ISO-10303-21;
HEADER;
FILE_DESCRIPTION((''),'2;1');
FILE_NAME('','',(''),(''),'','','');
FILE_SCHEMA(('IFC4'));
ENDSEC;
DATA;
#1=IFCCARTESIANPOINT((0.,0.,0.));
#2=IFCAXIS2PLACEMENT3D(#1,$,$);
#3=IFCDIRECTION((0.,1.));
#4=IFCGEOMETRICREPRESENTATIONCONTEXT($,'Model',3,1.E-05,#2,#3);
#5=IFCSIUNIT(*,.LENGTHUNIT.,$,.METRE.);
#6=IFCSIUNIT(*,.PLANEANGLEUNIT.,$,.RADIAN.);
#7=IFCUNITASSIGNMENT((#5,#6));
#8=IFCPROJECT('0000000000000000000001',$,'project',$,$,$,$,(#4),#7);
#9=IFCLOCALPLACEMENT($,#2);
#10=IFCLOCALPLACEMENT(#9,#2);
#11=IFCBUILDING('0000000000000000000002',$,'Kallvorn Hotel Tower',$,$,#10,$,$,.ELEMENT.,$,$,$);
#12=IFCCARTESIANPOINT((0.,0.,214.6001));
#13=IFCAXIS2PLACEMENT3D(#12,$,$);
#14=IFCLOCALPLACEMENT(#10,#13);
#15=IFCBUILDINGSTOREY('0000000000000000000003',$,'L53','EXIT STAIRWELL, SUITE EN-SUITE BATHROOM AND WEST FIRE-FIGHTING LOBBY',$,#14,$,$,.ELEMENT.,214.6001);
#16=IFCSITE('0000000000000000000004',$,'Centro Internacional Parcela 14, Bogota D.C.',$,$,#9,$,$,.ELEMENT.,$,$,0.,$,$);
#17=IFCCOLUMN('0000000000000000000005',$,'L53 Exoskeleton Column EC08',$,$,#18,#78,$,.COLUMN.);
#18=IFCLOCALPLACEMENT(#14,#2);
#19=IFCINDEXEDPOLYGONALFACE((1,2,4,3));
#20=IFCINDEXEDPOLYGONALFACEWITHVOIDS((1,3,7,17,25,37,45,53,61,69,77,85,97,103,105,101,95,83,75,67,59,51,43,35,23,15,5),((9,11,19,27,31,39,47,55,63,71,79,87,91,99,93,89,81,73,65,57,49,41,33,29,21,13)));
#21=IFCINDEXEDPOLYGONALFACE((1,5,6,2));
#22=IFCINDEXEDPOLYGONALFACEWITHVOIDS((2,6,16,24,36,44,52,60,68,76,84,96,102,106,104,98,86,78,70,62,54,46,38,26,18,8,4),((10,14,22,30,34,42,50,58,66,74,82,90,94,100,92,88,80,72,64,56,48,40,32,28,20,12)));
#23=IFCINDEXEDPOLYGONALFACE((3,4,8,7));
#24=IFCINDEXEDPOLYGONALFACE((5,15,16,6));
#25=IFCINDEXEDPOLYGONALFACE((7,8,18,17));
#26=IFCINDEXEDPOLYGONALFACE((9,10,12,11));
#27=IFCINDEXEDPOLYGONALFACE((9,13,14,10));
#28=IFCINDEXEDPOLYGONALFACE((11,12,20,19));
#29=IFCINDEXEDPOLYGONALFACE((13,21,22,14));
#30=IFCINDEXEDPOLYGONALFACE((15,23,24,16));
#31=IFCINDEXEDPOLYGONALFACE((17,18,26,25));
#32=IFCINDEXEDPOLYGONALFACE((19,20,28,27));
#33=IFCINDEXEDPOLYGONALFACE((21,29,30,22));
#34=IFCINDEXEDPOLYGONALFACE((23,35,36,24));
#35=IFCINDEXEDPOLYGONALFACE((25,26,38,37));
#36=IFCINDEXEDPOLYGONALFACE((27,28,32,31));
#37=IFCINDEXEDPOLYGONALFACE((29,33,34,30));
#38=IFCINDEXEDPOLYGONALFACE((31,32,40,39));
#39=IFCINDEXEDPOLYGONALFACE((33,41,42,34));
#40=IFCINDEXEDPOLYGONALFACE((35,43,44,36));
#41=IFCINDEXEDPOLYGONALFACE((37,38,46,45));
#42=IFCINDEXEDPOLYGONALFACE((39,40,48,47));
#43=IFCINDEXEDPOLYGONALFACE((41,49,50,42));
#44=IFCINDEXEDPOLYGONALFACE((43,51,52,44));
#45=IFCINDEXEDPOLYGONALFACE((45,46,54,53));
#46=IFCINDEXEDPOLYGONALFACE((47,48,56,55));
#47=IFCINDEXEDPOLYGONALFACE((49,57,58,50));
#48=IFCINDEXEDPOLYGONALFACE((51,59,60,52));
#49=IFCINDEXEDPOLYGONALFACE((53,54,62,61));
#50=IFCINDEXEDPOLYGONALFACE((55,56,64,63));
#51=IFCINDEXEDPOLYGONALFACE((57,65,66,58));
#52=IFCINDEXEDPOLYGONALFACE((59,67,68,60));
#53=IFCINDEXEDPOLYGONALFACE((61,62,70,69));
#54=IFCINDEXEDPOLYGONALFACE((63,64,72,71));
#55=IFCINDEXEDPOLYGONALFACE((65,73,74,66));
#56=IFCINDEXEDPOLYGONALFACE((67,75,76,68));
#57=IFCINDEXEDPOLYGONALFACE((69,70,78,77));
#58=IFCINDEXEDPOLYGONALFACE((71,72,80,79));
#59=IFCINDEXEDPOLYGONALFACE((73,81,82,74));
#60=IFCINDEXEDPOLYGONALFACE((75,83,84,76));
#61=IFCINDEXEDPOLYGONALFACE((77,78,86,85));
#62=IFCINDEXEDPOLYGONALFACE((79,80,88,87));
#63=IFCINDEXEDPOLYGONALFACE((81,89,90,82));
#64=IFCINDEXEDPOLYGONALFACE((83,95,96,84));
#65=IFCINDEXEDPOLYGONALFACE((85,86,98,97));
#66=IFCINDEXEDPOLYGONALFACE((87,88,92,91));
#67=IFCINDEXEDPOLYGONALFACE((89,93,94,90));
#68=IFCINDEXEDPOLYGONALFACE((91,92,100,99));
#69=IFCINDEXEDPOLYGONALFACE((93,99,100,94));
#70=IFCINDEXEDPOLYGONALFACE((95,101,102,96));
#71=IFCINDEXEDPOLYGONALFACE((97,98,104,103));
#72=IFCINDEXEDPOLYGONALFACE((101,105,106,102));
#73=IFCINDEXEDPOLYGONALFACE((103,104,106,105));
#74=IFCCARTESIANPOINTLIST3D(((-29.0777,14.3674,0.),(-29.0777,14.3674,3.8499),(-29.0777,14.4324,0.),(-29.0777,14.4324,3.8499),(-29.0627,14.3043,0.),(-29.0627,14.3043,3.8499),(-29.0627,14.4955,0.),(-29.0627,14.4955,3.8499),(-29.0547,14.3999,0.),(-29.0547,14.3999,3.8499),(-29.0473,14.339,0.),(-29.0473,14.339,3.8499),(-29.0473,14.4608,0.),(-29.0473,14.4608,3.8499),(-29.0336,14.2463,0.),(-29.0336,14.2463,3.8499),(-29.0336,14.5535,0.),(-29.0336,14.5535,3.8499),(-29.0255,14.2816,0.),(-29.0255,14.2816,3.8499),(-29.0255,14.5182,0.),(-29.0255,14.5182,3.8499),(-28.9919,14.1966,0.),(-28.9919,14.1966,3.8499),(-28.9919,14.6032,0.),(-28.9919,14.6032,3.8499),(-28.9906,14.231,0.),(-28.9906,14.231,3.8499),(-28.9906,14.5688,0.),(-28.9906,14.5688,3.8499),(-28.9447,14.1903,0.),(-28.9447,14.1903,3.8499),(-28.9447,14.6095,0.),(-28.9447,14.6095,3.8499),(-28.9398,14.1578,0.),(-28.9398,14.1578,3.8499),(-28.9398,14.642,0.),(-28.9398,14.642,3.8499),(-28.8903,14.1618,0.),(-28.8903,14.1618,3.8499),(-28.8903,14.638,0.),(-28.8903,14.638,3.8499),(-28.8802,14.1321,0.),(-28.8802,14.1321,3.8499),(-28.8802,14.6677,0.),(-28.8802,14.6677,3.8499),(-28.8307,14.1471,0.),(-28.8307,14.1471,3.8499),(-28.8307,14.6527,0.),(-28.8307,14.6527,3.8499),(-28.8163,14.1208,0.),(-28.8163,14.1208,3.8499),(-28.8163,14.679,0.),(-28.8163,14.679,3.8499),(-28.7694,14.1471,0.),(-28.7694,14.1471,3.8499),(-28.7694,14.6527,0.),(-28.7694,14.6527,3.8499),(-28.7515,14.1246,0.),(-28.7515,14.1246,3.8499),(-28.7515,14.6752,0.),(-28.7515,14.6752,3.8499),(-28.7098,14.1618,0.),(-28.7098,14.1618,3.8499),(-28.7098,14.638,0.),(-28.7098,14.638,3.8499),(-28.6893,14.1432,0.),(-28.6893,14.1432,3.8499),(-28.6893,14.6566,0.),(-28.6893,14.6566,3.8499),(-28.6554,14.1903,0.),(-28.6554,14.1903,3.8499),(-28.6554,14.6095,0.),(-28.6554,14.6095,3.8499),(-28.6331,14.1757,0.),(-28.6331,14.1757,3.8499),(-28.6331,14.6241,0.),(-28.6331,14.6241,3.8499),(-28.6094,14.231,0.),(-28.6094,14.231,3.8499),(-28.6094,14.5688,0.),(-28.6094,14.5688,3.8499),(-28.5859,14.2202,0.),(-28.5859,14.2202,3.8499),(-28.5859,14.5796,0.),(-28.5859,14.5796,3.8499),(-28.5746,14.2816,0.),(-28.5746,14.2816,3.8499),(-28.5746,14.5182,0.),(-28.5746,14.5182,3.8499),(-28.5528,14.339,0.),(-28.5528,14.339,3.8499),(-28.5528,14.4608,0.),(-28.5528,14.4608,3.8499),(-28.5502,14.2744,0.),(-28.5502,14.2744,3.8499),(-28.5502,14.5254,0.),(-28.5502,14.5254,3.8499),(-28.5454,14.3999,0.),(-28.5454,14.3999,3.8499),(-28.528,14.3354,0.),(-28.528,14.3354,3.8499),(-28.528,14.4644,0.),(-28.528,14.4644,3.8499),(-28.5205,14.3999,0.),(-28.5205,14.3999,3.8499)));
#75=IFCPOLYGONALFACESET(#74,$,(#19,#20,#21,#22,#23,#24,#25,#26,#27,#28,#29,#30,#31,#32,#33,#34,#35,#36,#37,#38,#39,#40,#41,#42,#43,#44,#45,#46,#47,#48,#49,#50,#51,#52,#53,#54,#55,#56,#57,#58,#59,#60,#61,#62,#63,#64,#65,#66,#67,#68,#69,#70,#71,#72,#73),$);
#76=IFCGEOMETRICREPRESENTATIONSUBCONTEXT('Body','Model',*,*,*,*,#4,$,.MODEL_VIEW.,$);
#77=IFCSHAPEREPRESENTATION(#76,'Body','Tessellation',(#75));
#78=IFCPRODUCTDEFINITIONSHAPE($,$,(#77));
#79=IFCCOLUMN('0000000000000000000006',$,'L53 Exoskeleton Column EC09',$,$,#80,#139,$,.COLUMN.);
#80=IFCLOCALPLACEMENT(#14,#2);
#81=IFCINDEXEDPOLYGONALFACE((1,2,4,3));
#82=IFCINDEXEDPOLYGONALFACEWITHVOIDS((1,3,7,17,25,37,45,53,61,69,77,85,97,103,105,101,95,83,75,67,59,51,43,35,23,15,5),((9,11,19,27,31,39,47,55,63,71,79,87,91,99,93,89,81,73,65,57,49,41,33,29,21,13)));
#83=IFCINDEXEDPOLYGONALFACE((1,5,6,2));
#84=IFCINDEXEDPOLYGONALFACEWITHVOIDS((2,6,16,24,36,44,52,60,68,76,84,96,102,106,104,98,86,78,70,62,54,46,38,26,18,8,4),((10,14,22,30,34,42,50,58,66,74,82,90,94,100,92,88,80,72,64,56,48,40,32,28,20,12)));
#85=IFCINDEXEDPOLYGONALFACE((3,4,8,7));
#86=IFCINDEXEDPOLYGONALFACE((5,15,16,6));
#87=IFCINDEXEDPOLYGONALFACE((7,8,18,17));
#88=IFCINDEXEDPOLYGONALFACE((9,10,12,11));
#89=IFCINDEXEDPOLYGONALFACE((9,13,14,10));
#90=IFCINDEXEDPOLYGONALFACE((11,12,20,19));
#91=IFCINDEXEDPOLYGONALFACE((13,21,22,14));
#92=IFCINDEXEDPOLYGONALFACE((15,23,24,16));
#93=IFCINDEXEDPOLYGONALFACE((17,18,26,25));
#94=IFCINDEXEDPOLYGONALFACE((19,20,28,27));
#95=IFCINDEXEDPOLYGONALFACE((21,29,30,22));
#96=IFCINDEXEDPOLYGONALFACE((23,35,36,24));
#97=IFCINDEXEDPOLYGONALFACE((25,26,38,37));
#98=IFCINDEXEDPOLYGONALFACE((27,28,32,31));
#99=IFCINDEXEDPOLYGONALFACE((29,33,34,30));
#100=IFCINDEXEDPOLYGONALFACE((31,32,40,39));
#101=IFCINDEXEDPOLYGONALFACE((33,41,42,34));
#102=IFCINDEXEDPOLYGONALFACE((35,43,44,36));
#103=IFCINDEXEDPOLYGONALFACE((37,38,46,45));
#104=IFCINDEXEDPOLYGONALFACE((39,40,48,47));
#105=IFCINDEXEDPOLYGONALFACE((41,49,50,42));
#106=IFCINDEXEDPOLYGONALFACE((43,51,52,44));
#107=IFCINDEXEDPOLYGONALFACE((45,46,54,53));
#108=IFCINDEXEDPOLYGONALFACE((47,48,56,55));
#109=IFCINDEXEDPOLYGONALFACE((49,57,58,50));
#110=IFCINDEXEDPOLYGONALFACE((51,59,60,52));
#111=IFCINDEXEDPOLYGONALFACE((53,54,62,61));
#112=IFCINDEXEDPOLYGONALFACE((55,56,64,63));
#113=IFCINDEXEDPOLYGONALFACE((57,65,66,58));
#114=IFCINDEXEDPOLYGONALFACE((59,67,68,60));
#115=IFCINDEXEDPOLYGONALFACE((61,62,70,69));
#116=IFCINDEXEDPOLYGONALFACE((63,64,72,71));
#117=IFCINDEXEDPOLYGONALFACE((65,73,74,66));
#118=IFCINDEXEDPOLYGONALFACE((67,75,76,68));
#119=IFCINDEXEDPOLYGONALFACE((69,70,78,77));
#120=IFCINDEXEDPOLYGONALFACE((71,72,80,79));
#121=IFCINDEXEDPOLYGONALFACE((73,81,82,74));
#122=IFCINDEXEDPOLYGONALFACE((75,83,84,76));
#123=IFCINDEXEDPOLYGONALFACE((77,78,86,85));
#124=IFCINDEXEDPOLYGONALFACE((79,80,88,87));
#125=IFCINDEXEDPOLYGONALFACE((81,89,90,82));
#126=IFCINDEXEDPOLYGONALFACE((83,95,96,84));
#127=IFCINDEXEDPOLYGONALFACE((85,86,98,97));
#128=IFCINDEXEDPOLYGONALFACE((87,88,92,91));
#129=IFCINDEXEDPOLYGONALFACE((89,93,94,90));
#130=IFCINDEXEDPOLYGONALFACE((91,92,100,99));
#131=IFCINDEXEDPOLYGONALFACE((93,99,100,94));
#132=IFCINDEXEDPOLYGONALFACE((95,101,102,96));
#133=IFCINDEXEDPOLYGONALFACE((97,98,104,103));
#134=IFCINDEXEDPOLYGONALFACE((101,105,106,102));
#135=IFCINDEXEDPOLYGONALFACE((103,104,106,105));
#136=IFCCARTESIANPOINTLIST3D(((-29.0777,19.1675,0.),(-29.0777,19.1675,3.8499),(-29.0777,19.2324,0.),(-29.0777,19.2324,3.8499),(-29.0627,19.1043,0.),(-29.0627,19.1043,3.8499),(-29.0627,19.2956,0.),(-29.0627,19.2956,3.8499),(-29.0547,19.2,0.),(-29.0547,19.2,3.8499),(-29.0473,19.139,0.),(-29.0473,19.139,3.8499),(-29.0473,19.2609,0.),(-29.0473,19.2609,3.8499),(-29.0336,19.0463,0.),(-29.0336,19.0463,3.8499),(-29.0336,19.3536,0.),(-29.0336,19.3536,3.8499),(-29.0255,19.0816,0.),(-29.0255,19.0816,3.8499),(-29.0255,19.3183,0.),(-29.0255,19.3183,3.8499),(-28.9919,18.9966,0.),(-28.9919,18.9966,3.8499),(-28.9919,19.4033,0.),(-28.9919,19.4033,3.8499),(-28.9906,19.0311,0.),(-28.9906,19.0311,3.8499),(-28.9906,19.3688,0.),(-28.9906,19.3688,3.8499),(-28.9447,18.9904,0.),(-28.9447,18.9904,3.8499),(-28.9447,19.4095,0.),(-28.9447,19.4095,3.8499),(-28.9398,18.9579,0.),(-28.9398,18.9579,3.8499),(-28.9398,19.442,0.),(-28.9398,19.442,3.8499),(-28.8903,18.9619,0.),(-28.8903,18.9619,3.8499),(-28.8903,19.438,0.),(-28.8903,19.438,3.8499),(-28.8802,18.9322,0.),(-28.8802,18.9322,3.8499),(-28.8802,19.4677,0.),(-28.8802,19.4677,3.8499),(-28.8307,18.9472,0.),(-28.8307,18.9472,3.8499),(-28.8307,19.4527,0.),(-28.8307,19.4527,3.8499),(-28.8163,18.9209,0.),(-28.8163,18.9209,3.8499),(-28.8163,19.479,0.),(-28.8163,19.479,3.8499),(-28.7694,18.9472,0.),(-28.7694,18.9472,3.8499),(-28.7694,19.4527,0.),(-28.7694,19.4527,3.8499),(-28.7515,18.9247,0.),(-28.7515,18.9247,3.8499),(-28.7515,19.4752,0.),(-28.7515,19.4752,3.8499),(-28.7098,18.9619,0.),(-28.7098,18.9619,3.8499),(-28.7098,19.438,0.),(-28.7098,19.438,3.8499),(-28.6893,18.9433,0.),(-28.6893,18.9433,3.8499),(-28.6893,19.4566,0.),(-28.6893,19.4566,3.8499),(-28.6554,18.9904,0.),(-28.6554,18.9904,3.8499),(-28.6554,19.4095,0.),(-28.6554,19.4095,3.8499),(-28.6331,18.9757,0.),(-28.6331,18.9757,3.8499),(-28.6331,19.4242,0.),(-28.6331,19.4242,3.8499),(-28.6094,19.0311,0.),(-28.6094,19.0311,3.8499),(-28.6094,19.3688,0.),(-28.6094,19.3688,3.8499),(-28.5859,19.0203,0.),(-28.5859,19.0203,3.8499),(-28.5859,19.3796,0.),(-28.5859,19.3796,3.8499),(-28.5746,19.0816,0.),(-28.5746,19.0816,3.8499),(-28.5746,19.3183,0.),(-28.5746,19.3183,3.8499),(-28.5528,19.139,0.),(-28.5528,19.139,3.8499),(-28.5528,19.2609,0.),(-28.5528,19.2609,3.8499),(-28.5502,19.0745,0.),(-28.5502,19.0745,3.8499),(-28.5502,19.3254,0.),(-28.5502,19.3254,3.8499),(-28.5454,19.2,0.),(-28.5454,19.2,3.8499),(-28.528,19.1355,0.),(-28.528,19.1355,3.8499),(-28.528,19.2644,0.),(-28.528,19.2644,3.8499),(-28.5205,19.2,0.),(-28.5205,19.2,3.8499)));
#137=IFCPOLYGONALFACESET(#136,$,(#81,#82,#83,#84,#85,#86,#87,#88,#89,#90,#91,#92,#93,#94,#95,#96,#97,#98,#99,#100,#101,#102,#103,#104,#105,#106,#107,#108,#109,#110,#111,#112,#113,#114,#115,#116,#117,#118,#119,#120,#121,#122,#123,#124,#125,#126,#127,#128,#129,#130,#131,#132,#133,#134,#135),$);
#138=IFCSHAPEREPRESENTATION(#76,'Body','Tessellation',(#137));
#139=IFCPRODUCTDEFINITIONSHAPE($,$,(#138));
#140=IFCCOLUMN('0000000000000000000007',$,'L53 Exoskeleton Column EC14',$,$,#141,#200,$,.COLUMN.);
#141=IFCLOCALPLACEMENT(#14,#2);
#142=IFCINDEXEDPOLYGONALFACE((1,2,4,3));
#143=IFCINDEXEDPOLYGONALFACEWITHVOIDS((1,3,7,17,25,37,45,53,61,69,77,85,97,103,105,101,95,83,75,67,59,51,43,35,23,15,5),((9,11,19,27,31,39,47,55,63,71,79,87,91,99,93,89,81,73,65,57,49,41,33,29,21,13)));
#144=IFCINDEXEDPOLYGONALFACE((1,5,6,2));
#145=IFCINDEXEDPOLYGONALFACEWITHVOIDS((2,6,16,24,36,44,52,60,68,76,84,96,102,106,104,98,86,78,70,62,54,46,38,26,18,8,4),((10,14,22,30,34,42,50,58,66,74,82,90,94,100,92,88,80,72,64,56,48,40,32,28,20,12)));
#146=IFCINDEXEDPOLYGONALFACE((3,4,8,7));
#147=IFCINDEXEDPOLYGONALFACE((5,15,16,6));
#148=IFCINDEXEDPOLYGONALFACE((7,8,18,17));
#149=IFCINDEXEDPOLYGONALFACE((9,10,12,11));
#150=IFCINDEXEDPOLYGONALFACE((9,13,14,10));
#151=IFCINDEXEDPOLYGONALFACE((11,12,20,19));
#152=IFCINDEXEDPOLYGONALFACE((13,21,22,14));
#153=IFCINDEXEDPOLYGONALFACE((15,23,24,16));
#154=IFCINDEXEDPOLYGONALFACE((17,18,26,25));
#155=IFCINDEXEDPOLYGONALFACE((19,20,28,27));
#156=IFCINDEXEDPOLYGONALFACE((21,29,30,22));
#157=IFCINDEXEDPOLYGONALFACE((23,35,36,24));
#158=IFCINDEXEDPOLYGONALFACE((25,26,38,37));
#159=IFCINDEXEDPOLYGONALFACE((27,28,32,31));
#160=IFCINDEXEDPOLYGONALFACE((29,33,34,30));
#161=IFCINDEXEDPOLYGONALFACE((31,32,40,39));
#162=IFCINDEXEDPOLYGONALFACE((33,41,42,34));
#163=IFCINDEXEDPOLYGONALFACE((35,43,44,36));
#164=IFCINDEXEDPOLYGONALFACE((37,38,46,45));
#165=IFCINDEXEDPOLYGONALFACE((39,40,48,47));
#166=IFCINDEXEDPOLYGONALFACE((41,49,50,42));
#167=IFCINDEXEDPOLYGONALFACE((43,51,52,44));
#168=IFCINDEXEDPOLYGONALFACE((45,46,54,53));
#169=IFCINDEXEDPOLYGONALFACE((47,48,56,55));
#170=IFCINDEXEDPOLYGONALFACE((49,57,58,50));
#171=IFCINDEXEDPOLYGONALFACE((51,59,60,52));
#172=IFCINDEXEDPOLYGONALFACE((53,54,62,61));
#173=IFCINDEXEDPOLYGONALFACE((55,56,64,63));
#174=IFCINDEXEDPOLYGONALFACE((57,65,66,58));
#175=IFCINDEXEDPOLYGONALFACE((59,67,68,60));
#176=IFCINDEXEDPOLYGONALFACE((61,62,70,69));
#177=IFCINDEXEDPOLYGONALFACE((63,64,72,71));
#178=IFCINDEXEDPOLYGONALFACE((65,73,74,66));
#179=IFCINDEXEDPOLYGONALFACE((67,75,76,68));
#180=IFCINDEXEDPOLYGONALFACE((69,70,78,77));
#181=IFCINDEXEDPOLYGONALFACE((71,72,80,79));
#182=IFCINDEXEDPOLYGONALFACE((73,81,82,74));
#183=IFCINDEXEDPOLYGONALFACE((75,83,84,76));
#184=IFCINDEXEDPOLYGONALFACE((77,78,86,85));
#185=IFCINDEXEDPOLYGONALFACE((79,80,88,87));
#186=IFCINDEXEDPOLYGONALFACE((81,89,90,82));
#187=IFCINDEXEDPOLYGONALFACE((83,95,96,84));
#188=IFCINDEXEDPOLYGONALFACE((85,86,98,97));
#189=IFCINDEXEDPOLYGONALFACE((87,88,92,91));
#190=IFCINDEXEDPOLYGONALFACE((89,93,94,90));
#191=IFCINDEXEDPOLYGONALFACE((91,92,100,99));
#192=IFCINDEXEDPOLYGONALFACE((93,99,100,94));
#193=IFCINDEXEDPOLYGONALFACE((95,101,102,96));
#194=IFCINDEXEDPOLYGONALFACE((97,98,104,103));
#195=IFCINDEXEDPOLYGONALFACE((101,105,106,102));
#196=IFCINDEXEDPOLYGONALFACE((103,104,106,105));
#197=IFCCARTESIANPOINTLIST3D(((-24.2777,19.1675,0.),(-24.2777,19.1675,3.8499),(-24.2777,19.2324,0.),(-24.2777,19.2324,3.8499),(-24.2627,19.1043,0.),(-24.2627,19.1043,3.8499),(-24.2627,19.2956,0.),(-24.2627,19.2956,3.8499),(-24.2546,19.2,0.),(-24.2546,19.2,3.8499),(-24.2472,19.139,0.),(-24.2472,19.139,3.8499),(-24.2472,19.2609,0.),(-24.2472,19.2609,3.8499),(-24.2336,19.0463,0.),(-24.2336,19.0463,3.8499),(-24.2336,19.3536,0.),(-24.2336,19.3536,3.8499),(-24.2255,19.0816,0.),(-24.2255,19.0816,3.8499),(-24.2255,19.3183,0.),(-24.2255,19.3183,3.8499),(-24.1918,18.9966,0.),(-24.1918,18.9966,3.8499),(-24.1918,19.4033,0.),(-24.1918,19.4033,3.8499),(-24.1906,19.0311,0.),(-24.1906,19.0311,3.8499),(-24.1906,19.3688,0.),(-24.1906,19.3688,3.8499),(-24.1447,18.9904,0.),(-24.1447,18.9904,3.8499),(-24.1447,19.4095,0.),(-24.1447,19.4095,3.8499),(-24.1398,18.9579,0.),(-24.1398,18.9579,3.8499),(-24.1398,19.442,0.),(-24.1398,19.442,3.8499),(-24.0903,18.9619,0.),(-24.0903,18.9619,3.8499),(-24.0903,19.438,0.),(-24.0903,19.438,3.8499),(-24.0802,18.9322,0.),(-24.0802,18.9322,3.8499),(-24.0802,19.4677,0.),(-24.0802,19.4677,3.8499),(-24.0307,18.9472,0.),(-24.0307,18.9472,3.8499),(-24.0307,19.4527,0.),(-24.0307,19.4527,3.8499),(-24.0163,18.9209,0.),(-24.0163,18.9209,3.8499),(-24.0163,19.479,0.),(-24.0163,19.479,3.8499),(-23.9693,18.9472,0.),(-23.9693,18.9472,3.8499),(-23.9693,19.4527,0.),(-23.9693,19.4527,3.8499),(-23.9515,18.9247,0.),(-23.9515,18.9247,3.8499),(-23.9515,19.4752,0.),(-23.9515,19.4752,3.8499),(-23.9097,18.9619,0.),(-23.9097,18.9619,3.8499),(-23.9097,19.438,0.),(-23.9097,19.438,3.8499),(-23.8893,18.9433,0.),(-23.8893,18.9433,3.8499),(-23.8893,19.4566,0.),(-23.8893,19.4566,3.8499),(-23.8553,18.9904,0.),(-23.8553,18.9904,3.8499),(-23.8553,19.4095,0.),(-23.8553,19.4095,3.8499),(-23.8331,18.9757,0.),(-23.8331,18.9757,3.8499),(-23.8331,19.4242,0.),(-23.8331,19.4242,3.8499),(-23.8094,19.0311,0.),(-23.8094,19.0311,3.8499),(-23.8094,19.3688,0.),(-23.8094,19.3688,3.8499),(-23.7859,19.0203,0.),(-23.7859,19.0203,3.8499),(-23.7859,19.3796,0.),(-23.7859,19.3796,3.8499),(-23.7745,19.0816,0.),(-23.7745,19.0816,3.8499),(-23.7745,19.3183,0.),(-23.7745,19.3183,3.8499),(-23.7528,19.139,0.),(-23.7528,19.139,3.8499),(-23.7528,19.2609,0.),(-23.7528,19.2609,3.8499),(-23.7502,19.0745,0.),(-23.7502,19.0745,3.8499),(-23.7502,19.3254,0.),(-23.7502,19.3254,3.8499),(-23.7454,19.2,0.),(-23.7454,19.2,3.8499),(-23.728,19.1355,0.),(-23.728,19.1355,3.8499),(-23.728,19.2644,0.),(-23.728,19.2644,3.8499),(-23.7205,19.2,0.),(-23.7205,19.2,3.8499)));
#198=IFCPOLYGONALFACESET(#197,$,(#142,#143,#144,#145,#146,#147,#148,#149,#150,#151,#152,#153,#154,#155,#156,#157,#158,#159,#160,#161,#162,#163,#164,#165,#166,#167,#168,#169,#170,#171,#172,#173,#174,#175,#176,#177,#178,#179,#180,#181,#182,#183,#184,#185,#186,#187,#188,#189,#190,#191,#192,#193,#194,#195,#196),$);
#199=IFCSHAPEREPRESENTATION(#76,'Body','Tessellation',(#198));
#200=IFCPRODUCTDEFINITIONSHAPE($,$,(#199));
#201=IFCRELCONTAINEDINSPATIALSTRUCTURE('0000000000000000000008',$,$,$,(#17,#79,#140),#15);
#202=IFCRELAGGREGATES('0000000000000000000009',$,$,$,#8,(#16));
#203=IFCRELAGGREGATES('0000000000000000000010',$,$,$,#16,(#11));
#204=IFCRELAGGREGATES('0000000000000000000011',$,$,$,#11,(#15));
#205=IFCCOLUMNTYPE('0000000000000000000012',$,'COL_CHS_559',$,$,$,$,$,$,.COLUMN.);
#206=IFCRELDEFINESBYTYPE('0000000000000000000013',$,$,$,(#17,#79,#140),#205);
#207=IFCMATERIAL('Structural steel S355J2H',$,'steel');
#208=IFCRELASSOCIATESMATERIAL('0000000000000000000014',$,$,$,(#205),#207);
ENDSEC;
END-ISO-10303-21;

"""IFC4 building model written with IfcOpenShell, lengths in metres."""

from ifc_helpers import new_model, si_unit, direction, frame, origin, origin_2d, place, context, subcontext, project, spatial, hollow_circle, extrude, material, material_profile, profile_set, type_object, element, save


model = new_model("IFC4")

# Units and contexts
model_context = context("Model", 3, precision=1e-05, world=origin(), true_north=direction((0.0, 1.0)))
body_context = subcontext(model_context, "Body", "Model", "MODEL_VIEW")
ifc_project = project(units=[si_unit("LENGTHUNIT", "METRE"), si_unit("PLANEANGLEUNIT", "RADIAN")], contexts=[model_context])

# Site, building, storey
site_placement = place(None, origin())
site = spatial("IfcSite", under=ifc_project, at=site_placement, Name="Centro Internacional Parcela 14, Bogota D.C.", CompositionType="ELEMENT", RefElevation=0.0)
building_placement = place(site_placement, origin())
building = spatial("IfcBuilding", under=site, at=building_placement, Name="Kallvorn Hotel Tower", CompositionType="ELEMENT")
storey_placement = place(building_placement, frame((0.0, 0.0, 214.6001)))
storey = spatial("IfcBuildingStorey", under=building, at=storey_placement, Name="L53", Description="EXIT STAIRWELL, SUITE EN-SUITE BATHROOM AND WEST FIRE-FIGHTING LOBBY", CompositionType="ELEMENT", Elevation=214.6001)

# Columns
ifc_material_1 = material(Name="Structural steel S355J2H", Category="steel")
ifc_material_profile_1 = material_profile(ifc_material_1, hollow_circle(Radius=0.2795, WallThickness=0.0249, at=origin_2d()), Name="CHS 559x25")
ifc_profile_set_1 = profile_set([ifc_material_profile_1], Name="Structural steel S355J2H")
column_type_1 = type_object("IfcColumnType", Name="COL_CHS_559", PredefinedType="COLUMN", material=ifc_profile_set_1)
for number, where, z_axis, x_axis, name in (
    (1, (-28.8, 14.3999, 0.0), (0.0, 0.0, 1.0), (1.0, 0.0, 0.0), "L53 Exoskeleton Column EC08"),
    (2, (-28.8, 19.2, 0.0), (0.0, 0.0, 1.0), (1.0, 0.0, 0.0), "L53 Exoskeleton Column EC09"),
    (3, (-24.0, 19.2, 0.0), (0.0, 0.0, 1.0), (1.0, 0.0, 0.0), "L53 Exoskeleton Column EC14"),
):
    element("IfcColumn", number, at=place(storey_placement, frame(where, z_axis=z_axis, x_axis=x_axis)), inside=storey, type_object=column_type_1, Name=name, PredefinedType="COLUMN", context=body_context, shape_type="SweptSolid", body=[
        extrude(hollow_circle(Radius=0.2795, WallThickness=0.0249, at=origin_2d()), origin(), (0.0, 0.0, 1.0), 3.8499),
    ])

save(model, "model.ifc")
